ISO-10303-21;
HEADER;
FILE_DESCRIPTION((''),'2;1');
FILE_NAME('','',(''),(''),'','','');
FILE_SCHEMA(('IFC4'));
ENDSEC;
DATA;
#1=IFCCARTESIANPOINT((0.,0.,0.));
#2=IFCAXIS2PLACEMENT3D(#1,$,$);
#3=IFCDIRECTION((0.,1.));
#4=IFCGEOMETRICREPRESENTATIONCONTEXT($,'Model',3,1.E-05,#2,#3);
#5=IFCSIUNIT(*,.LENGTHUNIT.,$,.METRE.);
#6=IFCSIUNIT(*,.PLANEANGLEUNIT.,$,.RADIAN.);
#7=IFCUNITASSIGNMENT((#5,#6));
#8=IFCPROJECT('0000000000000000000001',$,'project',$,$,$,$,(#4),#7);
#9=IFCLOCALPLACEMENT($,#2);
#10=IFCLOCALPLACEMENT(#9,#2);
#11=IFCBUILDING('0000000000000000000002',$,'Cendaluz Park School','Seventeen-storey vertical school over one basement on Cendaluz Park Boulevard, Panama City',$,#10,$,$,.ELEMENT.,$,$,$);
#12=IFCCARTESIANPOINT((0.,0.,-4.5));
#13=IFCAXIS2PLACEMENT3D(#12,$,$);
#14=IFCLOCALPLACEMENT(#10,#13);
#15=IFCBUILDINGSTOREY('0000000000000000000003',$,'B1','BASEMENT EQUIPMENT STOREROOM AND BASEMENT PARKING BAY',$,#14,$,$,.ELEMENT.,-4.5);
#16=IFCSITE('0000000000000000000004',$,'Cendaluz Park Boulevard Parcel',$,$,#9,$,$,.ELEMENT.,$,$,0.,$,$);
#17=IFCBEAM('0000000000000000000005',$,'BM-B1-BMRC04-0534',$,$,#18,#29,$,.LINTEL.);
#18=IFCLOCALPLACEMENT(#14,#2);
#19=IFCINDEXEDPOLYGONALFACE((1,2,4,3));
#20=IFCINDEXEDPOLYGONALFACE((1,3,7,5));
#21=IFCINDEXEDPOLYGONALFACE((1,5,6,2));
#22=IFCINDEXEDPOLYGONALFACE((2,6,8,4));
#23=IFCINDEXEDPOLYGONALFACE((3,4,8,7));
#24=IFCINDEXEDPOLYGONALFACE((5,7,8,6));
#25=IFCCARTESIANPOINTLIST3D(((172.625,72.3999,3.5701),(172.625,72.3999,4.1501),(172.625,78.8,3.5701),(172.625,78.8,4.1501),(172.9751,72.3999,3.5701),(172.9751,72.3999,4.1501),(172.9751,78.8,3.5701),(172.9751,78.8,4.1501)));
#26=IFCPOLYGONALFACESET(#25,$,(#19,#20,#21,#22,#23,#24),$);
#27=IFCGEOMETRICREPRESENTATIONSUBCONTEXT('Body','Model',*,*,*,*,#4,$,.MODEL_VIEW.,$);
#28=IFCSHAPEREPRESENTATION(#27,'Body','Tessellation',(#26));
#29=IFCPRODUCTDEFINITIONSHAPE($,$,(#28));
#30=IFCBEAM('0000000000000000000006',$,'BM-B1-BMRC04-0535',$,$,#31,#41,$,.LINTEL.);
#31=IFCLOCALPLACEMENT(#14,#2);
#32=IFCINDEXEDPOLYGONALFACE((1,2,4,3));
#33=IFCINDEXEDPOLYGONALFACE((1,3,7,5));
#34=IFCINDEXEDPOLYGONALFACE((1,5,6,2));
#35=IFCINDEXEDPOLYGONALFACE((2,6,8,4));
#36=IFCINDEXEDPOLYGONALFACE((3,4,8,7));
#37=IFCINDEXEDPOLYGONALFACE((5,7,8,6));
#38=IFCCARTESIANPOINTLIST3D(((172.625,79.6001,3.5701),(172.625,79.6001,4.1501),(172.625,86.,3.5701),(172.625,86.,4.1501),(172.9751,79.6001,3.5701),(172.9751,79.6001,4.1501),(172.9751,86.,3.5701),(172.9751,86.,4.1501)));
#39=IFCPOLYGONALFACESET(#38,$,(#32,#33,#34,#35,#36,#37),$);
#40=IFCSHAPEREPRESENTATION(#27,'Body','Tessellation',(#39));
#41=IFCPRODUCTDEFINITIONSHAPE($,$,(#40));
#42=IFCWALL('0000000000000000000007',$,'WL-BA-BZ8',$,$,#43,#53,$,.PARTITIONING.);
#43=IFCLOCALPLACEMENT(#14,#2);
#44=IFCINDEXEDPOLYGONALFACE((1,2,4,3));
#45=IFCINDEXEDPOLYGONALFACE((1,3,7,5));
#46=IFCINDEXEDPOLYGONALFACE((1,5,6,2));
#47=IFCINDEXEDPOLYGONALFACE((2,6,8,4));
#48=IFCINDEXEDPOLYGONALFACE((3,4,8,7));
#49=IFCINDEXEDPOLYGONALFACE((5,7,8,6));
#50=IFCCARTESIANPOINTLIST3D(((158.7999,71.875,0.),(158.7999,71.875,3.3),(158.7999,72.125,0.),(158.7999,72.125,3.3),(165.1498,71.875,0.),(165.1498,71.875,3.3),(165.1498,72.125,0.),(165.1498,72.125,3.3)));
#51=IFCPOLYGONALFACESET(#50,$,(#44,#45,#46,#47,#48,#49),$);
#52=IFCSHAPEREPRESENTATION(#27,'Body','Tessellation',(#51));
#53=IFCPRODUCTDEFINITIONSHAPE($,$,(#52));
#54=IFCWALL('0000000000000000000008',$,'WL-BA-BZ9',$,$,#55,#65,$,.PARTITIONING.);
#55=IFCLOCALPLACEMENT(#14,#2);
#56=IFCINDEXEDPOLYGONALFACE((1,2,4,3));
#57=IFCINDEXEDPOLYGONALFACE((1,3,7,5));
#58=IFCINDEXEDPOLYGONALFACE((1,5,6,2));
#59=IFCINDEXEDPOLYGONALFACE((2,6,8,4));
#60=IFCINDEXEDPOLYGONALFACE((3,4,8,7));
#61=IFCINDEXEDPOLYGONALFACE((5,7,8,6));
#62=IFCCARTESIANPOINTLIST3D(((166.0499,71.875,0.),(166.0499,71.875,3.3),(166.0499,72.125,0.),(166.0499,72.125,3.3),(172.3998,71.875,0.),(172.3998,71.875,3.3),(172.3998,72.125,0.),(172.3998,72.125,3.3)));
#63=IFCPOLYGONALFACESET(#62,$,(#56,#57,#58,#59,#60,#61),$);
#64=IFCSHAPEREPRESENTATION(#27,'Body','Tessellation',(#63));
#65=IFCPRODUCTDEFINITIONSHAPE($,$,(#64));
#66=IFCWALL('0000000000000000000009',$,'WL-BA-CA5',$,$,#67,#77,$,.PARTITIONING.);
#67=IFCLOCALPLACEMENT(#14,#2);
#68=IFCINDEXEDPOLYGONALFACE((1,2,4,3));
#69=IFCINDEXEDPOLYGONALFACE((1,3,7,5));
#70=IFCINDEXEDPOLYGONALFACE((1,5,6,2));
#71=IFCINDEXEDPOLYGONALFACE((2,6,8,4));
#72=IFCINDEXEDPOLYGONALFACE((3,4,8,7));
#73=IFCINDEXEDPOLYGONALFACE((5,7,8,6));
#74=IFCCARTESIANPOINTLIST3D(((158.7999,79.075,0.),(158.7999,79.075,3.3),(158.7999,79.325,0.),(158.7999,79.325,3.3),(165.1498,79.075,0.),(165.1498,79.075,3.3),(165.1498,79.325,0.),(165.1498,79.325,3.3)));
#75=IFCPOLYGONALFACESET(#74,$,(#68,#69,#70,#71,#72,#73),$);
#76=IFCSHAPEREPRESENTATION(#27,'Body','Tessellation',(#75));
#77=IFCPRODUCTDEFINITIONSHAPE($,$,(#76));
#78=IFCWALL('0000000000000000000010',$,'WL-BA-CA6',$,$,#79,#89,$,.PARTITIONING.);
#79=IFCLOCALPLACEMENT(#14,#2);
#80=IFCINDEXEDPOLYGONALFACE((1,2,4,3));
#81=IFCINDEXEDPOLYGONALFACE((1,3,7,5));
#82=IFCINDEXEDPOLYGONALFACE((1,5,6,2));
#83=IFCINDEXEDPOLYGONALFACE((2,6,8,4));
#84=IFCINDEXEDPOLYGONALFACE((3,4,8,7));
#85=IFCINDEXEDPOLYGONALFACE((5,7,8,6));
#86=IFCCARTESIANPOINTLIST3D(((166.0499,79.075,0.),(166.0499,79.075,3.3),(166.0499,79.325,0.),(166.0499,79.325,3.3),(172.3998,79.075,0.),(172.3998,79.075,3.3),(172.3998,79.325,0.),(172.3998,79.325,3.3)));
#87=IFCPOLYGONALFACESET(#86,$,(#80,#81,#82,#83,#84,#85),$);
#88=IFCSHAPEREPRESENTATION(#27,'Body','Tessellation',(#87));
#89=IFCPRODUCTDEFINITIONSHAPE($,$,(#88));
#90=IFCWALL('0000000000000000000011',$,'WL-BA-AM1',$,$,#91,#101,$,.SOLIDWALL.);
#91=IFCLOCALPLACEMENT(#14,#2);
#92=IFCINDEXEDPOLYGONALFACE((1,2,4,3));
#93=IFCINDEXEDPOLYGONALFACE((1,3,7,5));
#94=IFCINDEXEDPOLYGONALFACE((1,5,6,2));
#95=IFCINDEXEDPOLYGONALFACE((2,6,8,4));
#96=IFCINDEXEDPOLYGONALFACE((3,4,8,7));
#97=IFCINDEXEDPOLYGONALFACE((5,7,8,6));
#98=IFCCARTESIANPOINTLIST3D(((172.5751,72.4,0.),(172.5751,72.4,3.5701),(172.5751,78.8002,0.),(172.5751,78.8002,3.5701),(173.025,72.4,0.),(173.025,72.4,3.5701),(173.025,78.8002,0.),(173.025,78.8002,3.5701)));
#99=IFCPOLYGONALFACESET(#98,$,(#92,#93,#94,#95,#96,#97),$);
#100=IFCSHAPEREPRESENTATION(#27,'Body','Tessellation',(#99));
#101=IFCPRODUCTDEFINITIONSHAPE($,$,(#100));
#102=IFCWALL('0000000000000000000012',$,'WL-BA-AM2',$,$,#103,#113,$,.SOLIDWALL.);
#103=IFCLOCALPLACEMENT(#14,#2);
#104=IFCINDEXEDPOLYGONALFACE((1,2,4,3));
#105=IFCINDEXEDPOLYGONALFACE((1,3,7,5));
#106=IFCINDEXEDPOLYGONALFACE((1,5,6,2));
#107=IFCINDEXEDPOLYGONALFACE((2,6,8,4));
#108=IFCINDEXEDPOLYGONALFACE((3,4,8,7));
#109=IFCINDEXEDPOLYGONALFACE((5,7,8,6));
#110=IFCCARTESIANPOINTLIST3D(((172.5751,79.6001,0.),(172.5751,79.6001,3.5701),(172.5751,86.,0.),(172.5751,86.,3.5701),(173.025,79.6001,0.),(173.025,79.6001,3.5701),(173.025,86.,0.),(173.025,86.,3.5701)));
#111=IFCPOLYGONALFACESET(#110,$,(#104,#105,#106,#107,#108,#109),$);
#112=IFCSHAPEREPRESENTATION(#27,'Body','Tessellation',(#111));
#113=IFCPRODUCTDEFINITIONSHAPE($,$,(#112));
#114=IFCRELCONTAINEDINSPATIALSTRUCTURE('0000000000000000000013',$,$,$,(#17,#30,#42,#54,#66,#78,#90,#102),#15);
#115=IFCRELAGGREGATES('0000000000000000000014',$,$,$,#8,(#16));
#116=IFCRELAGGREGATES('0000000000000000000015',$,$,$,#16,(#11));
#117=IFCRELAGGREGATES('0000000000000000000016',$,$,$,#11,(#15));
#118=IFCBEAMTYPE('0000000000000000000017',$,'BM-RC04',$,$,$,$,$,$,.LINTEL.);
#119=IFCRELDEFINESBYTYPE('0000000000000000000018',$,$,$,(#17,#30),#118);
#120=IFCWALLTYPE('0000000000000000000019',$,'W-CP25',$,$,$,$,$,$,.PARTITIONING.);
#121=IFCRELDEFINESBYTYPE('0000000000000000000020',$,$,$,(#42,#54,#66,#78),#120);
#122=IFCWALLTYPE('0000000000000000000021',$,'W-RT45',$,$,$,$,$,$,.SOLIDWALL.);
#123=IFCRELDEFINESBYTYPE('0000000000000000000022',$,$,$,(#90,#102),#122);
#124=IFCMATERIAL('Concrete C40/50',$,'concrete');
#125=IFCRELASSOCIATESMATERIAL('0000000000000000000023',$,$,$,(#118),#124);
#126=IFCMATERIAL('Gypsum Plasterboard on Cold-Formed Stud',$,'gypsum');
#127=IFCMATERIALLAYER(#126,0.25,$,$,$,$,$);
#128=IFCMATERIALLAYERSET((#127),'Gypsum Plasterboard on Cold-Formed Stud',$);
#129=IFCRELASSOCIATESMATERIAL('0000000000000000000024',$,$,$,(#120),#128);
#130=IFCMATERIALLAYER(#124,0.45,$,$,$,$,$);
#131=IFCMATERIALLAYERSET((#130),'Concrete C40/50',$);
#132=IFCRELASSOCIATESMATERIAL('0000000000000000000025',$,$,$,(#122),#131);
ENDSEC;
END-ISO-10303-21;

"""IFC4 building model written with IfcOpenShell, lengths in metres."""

from ifc_helpers import new_model, si_unit, direction, frame, frame_2d, origin, origin_2d, place, context, subcontext, project, spatial, rectangle, extrude, material, layer, layer_set, material_profile, profile_set, type_object, element, save


model = new_model("IFC4")

# Units and contexts
model_context = context("Model", 3, precision=1e-05, world=origin(), true_north=direction((0.0, 1.0)))
body_context = subcontext(model_context, "Body", "Model", "MODEL_VIEW")
ifc_project = project(units=[si_unit("LENGTHUNIT", "METRE"), si_unit("PLANEANGLEUNIT", "RADIAN")], contexts=[model_context])

# Site, building, storey
site_placement = place(None, origin())
site = spatial("IfcSite", under=ifc_project, at=site_placement, Name="Cendaluz Park Boulevard Parcel", CompositionType="ELEMENT", RefElevation=0.0)
building_placement = place(site_placement, origin())
building = spatial("IfcBuilding", under=site, at=building_placement, Name="Cendaluz Park School", Description="Seventeen-storey vertical school over one basement on Cendaluz Park Boulevard, Panama City", CompositionType="ELEMENT")
storey_placement = place(building_placement, frame((0.0, 0.0, -4.5)))
storey = spatial("IfcBuildingStorey", under=building, at=storey_placement, Name="B1", Description="BASEMENT EQUIPMENT STOREROOM AND BASEMENT PARKING BAY", CompositionType="ELEMENT", Elevation=-4.5)

# Shared definitions
ifc_material_1 = material(Name="Concrete C40/50", Category="concrete")

# Beams
ifc_material_profile_1 = material_profile(ifc_material_1, rectangle(XDim=0.3501, YDim=0.5801, at=origin_2d()), Name="RC 350x580", Category="concrete")
ifc_profile_set_1 = profile_set([ifc_material_profile_1], Name="Concrete C40/50")
beam_type_1 = type_object("IfcBeamType", Name="BM-RC04", PredefinedType="LINTEL", material=ifc_profile_set_1)
beam_1_placement = place(storey_placement, frame((172.8, 72.3999, 3.8601), z_axis=(0.0, 1.0, 0.0), x_axis=(-1.0, 0.0, 0.0)))
element("IfcBeam", 1, at=beam_1_placement, inside=storey, type_object=beam_type_1, Name="BM-B1-BMRC04-0534", PredefinedType="LINTEL", context=body_context, shape_type="SweptSolid", body=[
    extrude(rectangle(XDim=0.3501, YDim=0.5801, at=origin_2d()), origin(), (0.0, 0.0, 1.0), 6.4001),
])
beam_2_placement = place(storey_placement, frame((172.8, 79.6001, 3.8601), z_axis=(0.0, 1.0, 0.0), x_axis=(-1.0, 0.0, 0.0)))
element("IfcBeam", 2, at=beam_2_placement, inside=storey, type_object=beam_type_1, Name="BM-B1-BMRC04-0535", PredefinedType="LINTEL", context=body_context, shape_type="SweptSolid", body=[
    extrude(rectangle(XDim=0.3501, YDim=0.5801, at=origin_2d()), origin(), (0.0, 0.0, 1.0), 6.3999),
])

# Walls
ifc_material_2 = material(Name="Gypsum Plasterboard on Cold-Formed Stud", Category="gypsum")
ifc_layer_1 = layer(ifc_material_2, 0.25)
ifc_layer_set_1 = layer_set([ifc_layer_1], Name="Gypsum Plasterboard on Cold-Formed Stud")
wall_type_1 = type_object("IfcWallType", Name="W-CP25", PredefinedType="PARTITIONING", material=ifc_layer_set_1)
for number, where, z_axis, x_axis, name in (
    (3, (158.8, 72.0, 0.0), (0.0, 0.0, 1.0), (1.0, 0.0, 0.0), "WL-BA-BZ8"),
    (4, (166.05, 72.0, 0.0), (0.0, 0.0, 1.0), (1.0, 0.0, 0.0), "WL-BA-BZ9"),
    (5, (158.8, 79.2, 0.0), (0.0, 0.0, 1.0), (1.0, 0.0, 0.0), "WL-BA-CA5"),
    (6, (166.05, 79.2, 0.0), (0.0, 0.0, 1.0), (1.0, 0.0, 0.0), "WL-BA-CA6"),
):
    element("IfcWall", number, at=place(storey_placement, frame(where, z_axis=z_axis, x_axis=x_axis)), inside=storey, type_object=wall_type_1, Name=name, PredefinedType="PARTITIONING", context=body_context, shape_type="SweptSolid", body=[
        extrude(rectangle(XDim=6.3499, YDim=0.25, at=frame_2d((3.1748, 0.0))), origin(), (0.0, 0.0, 1.0), 3.3),
    ])
ifc_layer_2 = layer(ifc_material_1, 0.45)
ifc_layer_set_2 = layer_set([ifc_layer_2], Name="Concrete C40/50")
wall_type_2 = type_object("IfcWallType", Name="W-RT45", PredefinedType="SOLIDWALL", material=ifc_layer_set_2)
wall_1_placement = place(storey_placement, frame((172.8, 72.3999, 0.0), z_axis=(0.0, 0.0, 1.0), x_axis=(0.0, 1.0, 0.0)))
element("IfcWall", 7, at=wall_1_placement, inside=storey, type_object=wall_type_2, Name="WL-BA-AM1", PredefinedType="SOLIDWALL", context=body_context, shape_type="SweptSolid", body=[
    extrude(rectangle(XDim=6.4001, YDim=0.45, at=frame_2d((3.2002, 0.0))), origin(), (0.0, 0.0, 1.0), 3.5701),
])
wall_2_placement = place(storey_placement, frame((172.8, 79.6001, 0.0), z_axis=(0.0, 0.0, 1.0), x_axis=(0.0, 1.0, 0.0)))
element("IfcWall", 8, at=wall_2_placement, inside=storey, type_object=wall_type_2, Name="WL-BA-AM2", PredefinedType="SOLIDWALL", context=body_context, shape_type="SweptSolid", body=[
    extrude(rectangle(XDim=6.3999, YDim=0.45, at=frame_2d((3.2, 0.0))), origin(), (0.0, 0.0, 1.0), 3.5701),
])

save(model, "model.ifc")
